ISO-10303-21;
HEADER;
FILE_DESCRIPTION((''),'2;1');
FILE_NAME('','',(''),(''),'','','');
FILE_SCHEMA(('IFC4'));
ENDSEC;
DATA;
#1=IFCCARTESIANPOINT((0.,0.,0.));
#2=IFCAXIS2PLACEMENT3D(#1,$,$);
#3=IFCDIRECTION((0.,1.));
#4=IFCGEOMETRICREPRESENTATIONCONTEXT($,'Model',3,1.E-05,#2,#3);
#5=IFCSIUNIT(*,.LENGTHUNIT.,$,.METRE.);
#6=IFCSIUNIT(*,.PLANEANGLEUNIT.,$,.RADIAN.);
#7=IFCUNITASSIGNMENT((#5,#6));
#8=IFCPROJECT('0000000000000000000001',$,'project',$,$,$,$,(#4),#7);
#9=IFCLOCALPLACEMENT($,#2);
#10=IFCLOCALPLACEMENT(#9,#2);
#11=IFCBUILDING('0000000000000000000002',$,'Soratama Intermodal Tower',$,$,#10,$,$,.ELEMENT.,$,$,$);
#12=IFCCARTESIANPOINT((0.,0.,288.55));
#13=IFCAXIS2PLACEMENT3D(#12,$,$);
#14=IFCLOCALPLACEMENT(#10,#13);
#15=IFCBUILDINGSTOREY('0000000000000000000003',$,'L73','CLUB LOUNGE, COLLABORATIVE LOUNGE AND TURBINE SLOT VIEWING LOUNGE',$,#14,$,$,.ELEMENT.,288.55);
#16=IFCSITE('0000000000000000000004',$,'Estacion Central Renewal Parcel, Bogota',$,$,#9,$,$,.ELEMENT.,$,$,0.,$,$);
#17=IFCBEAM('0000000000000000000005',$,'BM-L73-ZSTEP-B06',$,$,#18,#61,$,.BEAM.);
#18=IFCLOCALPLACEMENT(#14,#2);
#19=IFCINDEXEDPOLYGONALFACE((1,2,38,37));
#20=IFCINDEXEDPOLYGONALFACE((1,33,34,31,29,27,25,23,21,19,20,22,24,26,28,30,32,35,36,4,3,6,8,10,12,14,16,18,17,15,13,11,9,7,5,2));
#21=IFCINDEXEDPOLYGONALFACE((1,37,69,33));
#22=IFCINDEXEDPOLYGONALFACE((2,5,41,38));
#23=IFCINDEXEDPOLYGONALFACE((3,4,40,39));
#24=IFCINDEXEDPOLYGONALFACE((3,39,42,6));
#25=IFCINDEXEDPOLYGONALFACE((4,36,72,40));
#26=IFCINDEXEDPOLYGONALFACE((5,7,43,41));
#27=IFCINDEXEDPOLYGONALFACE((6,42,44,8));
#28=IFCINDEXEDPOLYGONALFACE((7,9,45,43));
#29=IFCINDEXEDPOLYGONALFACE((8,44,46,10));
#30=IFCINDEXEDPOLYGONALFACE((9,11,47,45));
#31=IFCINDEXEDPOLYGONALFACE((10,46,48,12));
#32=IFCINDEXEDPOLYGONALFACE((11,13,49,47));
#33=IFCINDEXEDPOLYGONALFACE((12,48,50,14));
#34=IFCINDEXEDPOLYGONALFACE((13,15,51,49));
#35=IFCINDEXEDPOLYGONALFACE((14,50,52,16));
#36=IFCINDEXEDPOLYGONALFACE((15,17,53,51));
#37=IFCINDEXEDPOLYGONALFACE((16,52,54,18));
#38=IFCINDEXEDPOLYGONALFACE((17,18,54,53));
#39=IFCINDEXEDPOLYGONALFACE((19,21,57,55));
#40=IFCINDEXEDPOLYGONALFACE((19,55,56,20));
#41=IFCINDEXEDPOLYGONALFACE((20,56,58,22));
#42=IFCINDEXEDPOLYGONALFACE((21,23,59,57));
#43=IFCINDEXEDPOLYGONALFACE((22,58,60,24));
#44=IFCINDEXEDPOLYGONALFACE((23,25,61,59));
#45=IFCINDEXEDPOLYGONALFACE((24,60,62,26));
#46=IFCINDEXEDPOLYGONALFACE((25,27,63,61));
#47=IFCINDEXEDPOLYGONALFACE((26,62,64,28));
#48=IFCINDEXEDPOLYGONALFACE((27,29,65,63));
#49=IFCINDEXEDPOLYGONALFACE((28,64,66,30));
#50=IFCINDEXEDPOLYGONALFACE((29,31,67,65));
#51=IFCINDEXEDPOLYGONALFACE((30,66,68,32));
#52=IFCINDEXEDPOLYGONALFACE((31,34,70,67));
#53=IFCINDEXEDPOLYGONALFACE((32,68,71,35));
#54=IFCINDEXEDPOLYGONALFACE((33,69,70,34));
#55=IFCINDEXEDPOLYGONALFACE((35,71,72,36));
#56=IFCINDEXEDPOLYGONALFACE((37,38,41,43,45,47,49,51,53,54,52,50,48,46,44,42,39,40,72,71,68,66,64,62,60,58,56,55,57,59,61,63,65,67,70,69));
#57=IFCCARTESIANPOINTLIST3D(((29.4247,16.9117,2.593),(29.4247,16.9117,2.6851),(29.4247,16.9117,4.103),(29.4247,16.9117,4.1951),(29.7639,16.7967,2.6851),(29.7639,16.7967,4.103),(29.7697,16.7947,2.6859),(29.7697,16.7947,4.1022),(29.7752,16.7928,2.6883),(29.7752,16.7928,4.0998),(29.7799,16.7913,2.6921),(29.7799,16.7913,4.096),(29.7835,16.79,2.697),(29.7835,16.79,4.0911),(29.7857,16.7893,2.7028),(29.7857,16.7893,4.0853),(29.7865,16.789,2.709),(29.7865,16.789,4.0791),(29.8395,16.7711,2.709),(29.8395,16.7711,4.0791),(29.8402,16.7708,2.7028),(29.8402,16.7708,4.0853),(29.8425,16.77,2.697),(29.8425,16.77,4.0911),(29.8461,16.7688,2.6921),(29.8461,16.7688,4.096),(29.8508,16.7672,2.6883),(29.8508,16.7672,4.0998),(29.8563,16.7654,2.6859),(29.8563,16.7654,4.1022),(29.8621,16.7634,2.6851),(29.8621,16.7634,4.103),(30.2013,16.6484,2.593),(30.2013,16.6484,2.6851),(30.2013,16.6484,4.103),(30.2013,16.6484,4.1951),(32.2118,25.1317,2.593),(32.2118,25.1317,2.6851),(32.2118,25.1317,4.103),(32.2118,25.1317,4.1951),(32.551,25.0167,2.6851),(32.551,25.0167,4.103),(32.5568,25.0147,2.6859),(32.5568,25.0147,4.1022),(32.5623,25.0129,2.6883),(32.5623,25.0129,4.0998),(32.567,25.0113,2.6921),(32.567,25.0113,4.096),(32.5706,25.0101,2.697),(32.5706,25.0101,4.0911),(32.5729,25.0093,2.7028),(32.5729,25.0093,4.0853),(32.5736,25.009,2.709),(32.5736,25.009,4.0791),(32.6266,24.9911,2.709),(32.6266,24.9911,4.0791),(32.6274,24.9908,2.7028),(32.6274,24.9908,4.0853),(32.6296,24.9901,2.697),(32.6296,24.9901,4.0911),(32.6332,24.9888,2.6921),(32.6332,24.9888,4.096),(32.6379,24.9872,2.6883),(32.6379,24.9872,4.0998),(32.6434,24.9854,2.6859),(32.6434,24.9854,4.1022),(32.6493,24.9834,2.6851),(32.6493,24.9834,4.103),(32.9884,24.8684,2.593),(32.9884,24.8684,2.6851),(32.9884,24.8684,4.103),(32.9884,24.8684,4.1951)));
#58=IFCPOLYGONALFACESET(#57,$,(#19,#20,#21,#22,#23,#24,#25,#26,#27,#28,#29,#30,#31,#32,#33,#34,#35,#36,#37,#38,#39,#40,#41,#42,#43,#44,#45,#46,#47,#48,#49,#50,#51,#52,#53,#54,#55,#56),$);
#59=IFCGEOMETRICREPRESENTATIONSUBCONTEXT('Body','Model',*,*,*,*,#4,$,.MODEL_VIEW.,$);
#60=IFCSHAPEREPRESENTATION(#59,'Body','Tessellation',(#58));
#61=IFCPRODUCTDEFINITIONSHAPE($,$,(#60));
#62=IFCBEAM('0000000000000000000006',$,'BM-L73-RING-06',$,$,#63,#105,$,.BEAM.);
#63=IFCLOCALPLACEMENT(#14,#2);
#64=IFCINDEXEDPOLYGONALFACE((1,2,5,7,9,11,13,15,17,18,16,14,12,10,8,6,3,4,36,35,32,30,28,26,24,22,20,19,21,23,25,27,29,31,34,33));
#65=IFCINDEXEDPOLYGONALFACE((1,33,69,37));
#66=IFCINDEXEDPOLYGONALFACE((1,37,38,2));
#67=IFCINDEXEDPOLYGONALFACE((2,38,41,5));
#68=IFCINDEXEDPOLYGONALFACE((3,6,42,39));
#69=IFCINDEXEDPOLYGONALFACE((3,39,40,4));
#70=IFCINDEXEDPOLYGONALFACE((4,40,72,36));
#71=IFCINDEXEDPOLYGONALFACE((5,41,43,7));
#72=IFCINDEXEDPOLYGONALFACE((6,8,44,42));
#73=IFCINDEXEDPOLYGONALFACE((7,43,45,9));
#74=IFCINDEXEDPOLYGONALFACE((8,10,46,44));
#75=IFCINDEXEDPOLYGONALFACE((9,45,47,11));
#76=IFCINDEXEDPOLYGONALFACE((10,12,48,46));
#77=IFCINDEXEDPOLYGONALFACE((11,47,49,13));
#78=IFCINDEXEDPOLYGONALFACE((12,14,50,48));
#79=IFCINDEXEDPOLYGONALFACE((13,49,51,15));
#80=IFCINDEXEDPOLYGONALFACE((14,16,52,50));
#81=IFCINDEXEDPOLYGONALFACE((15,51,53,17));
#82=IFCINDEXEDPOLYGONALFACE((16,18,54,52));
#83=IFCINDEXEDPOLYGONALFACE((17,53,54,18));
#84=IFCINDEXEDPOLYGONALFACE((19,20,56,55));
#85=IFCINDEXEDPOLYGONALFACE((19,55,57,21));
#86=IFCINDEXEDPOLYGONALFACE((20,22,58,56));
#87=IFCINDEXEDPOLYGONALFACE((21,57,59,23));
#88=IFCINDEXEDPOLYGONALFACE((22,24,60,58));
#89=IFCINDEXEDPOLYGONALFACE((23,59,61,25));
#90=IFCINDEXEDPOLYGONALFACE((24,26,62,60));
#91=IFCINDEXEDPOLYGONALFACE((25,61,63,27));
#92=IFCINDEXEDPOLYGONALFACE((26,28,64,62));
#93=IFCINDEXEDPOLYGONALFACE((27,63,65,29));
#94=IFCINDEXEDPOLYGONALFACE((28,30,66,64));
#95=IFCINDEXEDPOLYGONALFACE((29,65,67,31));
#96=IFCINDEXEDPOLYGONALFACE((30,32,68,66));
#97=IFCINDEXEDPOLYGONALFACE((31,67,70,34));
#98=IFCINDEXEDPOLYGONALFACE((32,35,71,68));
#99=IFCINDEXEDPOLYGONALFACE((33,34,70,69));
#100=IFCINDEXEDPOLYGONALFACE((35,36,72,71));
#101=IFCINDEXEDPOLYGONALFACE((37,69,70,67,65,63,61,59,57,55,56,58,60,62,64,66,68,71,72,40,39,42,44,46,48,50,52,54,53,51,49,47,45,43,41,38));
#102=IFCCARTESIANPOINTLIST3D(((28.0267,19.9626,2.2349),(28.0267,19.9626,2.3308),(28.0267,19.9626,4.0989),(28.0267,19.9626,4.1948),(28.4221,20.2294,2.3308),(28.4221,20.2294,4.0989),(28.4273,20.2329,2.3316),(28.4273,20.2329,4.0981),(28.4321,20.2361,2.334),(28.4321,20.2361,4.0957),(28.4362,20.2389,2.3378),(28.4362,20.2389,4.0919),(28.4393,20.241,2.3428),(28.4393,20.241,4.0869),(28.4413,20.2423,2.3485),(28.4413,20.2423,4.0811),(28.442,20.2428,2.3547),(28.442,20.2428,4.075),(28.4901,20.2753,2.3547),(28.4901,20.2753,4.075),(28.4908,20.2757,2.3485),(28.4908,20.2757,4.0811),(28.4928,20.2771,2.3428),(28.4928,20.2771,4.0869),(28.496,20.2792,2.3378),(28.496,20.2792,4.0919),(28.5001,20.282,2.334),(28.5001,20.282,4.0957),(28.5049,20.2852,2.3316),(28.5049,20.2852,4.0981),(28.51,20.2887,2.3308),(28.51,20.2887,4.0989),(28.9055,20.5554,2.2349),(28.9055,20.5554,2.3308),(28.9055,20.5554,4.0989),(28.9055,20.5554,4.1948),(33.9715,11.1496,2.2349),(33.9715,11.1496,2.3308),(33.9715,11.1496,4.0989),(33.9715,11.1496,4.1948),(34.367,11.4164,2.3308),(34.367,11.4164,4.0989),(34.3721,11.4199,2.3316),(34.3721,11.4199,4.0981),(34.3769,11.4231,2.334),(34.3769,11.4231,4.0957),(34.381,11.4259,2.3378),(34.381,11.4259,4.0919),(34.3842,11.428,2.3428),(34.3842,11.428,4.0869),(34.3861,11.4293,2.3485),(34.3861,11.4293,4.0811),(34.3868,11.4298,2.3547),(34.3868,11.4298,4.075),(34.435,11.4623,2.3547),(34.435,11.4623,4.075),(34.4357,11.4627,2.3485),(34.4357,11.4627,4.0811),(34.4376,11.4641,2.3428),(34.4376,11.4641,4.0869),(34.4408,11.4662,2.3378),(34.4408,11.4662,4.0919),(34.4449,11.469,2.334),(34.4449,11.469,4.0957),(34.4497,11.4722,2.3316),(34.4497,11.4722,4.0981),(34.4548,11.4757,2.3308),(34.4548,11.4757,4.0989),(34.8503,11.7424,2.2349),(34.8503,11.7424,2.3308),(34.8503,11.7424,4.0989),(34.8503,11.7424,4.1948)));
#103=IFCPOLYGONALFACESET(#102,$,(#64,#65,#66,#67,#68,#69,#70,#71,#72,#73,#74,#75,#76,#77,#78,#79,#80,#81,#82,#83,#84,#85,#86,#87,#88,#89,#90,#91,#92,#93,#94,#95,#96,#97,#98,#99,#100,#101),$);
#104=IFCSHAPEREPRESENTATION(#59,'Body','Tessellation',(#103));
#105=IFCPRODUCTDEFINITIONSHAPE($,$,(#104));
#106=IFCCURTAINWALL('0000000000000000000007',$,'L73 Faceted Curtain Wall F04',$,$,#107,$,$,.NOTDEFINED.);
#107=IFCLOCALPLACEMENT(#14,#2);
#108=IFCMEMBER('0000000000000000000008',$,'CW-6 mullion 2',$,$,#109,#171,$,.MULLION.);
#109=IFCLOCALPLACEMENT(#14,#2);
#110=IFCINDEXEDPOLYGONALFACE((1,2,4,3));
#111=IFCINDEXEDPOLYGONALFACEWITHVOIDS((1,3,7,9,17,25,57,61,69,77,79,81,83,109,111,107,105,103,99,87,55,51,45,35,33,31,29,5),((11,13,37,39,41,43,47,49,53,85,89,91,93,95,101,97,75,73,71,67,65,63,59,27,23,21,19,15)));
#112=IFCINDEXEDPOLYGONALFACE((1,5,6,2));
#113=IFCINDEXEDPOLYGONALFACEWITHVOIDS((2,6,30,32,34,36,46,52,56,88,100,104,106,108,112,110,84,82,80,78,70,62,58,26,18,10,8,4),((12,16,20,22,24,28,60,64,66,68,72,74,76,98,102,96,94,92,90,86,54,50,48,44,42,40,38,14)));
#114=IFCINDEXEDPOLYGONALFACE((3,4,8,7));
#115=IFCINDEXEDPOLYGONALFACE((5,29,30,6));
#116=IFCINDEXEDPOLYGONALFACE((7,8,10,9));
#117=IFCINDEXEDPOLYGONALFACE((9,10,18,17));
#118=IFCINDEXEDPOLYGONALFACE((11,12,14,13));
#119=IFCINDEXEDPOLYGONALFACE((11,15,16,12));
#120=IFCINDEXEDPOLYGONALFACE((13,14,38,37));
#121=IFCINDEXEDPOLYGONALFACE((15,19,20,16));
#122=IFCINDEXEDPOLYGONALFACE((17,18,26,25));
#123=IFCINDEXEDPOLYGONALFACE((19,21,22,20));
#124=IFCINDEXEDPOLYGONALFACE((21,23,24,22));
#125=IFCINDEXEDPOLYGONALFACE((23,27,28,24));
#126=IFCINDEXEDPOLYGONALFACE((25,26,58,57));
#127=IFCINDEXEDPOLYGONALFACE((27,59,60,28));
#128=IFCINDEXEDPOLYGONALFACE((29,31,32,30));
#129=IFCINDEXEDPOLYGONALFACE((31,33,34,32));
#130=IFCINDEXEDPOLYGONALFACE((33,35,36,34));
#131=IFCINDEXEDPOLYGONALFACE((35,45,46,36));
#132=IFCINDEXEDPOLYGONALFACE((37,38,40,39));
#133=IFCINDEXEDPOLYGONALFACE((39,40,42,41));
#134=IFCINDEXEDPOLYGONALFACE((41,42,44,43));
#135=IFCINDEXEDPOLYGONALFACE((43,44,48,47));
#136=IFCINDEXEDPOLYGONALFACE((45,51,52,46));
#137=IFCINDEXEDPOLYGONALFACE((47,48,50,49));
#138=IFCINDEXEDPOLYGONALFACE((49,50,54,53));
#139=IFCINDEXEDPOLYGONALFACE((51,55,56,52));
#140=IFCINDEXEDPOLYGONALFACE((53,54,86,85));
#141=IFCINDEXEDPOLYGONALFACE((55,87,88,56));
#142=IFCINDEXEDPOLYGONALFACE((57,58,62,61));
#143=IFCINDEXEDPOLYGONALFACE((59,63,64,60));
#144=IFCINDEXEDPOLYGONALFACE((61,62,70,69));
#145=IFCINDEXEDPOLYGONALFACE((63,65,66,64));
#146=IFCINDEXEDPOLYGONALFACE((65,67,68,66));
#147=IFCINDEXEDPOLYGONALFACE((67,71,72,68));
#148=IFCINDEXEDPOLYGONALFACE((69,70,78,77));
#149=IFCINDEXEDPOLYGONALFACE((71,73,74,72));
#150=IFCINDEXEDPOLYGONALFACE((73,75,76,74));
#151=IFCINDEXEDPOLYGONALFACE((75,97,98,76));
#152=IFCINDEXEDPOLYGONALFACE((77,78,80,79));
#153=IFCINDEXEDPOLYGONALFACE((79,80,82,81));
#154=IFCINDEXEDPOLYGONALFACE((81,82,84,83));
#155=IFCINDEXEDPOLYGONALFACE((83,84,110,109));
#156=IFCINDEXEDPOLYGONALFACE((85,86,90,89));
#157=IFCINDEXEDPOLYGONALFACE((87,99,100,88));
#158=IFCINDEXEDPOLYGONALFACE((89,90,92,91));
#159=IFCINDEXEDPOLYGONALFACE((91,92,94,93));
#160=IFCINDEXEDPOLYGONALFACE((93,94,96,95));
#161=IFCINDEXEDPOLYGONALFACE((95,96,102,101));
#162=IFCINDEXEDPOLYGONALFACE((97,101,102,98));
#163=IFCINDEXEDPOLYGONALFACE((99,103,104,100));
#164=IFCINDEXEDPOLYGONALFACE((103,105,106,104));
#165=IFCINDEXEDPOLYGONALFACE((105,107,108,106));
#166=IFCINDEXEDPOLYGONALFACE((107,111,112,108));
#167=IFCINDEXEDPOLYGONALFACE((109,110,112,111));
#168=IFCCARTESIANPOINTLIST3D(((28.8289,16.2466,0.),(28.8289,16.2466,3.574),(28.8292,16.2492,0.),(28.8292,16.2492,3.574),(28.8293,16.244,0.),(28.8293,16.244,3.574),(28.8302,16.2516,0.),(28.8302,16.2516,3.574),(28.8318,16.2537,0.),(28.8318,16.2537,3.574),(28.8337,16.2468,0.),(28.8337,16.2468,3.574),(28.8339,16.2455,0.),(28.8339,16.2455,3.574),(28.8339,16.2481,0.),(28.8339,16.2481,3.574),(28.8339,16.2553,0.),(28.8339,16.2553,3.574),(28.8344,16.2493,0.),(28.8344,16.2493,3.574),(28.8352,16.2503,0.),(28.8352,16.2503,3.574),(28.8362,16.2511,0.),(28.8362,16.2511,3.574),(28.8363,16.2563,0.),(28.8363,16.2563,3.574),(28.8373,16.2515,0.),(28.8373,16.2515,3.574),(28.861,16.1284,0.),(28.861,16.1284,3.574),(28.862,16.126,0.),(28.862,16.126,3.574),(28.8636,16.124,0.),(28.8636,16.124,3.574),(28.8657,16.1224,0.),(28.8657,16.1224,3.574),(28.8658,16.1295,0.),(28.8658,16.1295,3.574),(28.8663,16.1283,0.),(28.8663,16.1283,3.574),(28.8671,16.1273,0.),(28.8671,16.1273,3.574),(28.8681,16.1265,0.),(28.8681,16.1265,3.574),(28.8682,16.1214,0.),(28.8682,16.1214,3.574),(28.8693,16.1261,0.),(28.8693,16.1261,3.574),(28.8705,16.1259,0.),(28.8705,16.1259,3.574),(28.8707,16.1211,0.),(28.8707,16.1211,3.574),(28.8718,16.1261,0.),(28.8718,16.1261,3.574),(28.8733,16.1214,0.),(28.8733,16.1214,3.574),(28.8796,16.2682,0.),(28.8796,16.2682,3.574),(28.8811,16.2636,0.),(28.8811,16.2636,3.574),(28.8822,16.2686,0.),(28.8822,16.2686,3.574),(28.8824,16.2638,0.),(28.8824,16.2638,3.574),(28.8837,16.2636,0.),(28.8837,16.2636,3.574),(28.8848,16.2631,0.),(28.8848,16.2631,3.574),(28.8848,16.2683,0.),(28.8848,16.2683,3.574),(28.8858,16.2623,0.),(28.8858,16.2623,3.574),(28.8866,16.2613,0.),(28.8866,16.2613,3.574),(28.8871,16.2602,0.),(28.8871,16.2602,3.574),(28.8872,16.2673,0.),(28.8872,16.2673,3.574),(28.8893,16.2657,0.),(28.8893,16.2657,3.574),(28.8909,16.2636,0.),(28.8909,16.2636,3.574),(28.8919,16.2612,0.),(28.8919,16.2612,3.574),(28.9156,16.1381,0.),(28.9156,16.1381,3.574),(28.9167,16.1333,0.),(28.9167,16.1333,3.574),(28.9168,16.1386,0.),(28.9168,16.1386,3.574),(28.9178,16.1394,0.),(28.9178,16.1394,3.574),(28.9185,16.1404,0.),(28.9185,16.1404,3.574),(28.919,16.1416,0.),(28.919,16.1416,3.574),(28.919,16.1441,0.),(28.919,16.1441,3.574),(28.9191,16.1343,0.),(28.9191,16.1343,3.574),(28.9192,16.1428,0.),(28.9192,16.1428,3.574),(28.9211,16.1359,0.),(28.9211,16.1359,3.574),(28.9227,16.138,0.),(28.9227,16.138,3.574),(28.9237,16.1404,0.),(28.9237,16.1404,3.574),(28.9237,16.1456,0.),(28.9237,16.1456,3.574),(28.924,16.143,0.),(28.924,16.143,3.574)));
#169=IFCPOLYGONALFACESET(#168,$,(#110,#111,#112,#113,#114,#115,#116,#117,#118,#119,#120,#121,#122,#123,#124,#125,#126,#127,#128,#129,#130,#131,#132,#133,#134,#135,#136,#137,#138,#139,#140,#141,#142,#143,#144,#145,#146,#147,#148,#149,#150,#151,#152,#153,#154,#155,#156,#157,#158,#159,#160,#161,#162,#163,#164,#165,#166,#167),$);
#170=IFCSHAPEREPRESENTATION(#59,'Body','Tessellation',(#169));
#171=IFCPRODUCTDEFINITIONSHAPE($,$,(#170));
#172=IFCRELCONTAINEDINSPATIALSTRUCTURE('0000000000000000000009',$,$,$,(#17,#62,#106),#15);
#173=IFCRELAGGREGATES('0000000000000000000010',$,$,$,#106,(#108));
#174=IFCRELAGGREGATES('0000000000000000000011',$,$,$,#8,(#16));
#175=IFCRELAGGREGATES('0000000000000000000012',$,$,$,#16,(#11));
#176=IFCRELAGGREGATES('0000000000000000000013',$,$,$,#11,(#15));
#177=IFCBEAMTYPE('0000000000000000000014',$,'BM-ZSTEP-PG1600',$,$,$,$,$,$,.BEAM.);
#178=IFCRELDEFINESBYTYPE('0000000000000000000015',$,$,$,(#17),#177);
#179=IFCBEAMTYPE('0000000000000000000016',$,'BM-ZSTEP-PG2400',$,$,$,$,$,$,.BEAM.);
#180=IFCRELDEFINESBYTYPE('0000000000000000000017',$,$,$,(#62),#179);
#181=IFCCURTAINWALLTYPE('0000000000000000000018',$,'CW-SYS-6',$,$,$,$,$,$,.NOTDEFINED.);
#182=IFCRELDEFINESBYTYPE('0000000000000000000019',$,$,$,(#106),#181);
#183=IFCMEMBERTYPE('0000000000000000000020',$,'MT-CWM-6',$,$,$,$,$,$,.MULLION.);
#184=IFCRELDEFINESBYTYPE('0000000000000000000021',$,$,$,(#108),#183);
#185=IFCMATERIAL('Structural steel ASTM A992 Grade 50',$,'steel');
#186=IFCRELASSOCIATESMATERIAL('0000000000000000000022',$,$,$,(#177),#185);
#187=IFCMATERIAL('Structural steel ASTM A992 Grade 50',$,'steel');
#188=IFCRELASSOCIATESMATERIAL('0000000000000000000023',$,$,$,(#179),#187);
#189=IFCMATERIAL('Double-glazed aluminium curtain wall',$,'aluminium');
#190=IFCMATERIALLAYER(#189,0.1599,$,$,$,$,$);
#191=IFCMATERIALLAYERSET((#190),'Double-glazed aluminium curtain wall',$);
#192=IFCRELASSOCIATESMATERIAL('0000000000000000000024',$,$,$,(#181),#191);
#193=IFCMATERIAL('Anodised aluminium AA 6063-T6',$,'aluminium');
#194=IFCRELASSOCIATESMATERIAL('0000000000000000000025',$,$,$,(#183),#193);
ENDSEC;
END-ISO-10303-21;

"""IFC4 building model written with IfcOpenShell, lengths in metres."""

from ifc_helpers import new_model, si_unit, direction, frame, origin, origin_2d, place, context, subcontext, project, spatial, hollow_rectangle, i_section, extrude, material, layer, layer_set, material_profile, profile_set, type_object, element, aggregate, save


model = new_model("IFC4")

# Units and contexts
model_context = context("Model", 3, precision=1e-05, world=origin(), true_north=direction((0.0, 1.0)))
body_context = subcontext(model_context, "Body", "Model", "MODEL_VIEW")
ifc_project = project(units=[si_unit("LENGTHUNIT", "METRE"), si_unit("PLANEANGLEUNIT", "RADIAN")], contexts=[model_context])

# Site, building, storey
site_placement = place(None, origin())
site = spatial("IfcSite", under=ifc_project, at=site_placement, Name="Estacion Central Renewal Parcel, Bogota", CompositionType="ELEMENT", RefElevation=0.0)
building_placement = place(site_placement, origin())
building = spatial("IfcBuilding", under=site, at=building_placement, Name="Soratama Intermodal Tower", CompositionType="ELEMENT")
storey_placement = place(building_placement, frame((0.0, 0.0, 288.55)))
storey = spatial("IfcBuildingStorey", under=building, at=storey_placement, Name="L73", Description="CLUB LOUNGE, COLLABORATIVE LOUNGE AND TURBINE SLOT VIEWING LOUNGE", CompositionType="ELEMENT", Elevation=288.55)

# Beams
ifc_material_1 = material(Name="Structural steel ASTM A992 Grade 50", Category="steel")
ifc_material_profile_1 = material_profile(ifc_material_1, i_section(OverallWidth=0.8201, OverallDepth=1.6021, WebThickness=0.0559, FlangeThickness=0.092, FilletRadius=0.0239, at=origin_2d()), Name="PG1600X650")
ifc_profile_set_1 = profile_set([ifc_material_profile_1], Name="Structural steel ASTM A992 Grade 50")
beam_type_1 = type_object("IfcBeamType", Name="BM-ZSTEP-PG1600", PredefinedType="BEAM", material=ifc_profile_set_1)
beam_1_placement = place(storey_placement, frame((29.813, 16.78, 3.394), z_axis=(0.321109, 0.947042, 0.0), x_axis=(-0.947042, 0.321109, 0.0)))
element("IfcBeam", 1, at=beam_1_placement, inside=storey, type_object=beam_type_1, Name="BM-L73-ZSTEP-B06", PredefinedType="BEAM", context=body_context, shape_type="SweptSolid", body=[
    extrude(i_section(OverallWidth=0.8201, OverallDepth=1.6021, WebThickness=0.0559, FlangeThickness=0.092, FilletRadius=0.0239, at=origin_2d()), origin(), (0.0, 0.0, 1.0), 8.6797),
])
ifc_material_2 = material(Name="Structural steel ASTM A992 Grade 50", Category="steel")
ifc_material_profile_2 = material_profile(ifc_material_2, i_section(OverallWidth=1.0601, OverallDepth=1.96, WebThickness=0.0581, FlangeThickness=0.0959, FilletRadius=0.0239, at=origin_2d()), Name="PG2400X900")
ifc_profile_set_2 = profile_set([ifc_material_profile_2], Name="Structural steel ASTM A992 Grade 50")
beam_type_2 = type_object("IfcBeamType", Name="BM-ZSTEP-PG2400", PredefinedType="BEAM", material=ifc_profile_set_2)
beam_2_placement = place(storey_placement, frame((28.4661, 20.259, 3.2148), z_axis=(0.559218, -0.829021, 0.0), x_axis=(0.829021, 0.559218, 0.0)))
element("IfcBeam", 2, at=beam_2_placement, inside=storey, type_object=beam_type_2, Name="BM-L73-RING-06", PredefinedType="BEAM", context=body_context, shape_type="SweptSolid", body=[
    extrude(i_section(OverallWidth=1.0601, OverallDepth=1.96, WebThickness=0.0581, FlangeThickness=0.0959, FilletRadius=0.0239, at=origin_2d()), origin(), (0.0, 0.0, 1.0), 10.6306),
])

# Curtain wall, member
ifc_material_3 = material(Name="Double-glazed aluminium curtain wall", Category="aluminium")
ifc_layer_1 = layer(ifc_material_3, 0.1599)
ifc_layer_set_1 = layer_set([ifc_layer_1], Name="Double-glazed aluminium curtain wall")
curtain_wall_type = type_object("IfcCurtainWallType", Name="CW-SYS-6", PredefinedType="NOTDEFINED", material=ifc_layer_set_1)
curtain_wall_1_placement = place(storey_placement, origin())
curtain_wall_1 = element("IfcCurtainWall", 3, at=curtain_wall_1_placement, inside=storey, type_object=curtain_wall_type, Name="L73 Faceted Curtain Wall F04", PredefinedType="NOTDEFINED")
ifc_material_4 = material(Name="Anodised aluminium AA 6063-T6", Category="aluminium")
ifc_material_profile_3 = material_profile(ifc_material_4, hollow_rectangle(XDim=0.0649, YDim=0.1399, WallThickness=0.0049, InnerFilletRadius=0.0049, OuterFilletRadius=0.01, at=origin_2d()), Name="CWM140X65X5")
ifc_profile_set_3 = profile_set([ifc_material_profile_3], Name="Anodised aluminium AA 6063-T6")
member_type_1 = type_object("IfcMemberType", Name="MT-CWM-6", PredefinedType="MULLION", material=ifc_profile_set_3)
member_1_placement = place(storey_placement, frame((28.8765, 16.1948, 0.0), z_axis=(0.0, 0.0, 1.0), x_axis=(0.964282, 0.264877, 0.0)))
member_1 = element("IfcMember", 4, at=member_1_placement, type_object=member_type_1, Name="CW-6 mullion 2", PredefinedType="MULLION", context=body_context, shape_type="SweptSolid", body=[
    extrude(hollow_rectangle(XDim=0.0649, YDim=0.1399, WallThickness=0.0049, InnerFilletRadius=0.0049, OuterFilletRadius=0.01, at=origin_2d()), origin(), (0.0, 0.0, 1.0), 3.574),
])

aggregate(curtain_wall_1, [member_1])

save(model, "model.ifc")
